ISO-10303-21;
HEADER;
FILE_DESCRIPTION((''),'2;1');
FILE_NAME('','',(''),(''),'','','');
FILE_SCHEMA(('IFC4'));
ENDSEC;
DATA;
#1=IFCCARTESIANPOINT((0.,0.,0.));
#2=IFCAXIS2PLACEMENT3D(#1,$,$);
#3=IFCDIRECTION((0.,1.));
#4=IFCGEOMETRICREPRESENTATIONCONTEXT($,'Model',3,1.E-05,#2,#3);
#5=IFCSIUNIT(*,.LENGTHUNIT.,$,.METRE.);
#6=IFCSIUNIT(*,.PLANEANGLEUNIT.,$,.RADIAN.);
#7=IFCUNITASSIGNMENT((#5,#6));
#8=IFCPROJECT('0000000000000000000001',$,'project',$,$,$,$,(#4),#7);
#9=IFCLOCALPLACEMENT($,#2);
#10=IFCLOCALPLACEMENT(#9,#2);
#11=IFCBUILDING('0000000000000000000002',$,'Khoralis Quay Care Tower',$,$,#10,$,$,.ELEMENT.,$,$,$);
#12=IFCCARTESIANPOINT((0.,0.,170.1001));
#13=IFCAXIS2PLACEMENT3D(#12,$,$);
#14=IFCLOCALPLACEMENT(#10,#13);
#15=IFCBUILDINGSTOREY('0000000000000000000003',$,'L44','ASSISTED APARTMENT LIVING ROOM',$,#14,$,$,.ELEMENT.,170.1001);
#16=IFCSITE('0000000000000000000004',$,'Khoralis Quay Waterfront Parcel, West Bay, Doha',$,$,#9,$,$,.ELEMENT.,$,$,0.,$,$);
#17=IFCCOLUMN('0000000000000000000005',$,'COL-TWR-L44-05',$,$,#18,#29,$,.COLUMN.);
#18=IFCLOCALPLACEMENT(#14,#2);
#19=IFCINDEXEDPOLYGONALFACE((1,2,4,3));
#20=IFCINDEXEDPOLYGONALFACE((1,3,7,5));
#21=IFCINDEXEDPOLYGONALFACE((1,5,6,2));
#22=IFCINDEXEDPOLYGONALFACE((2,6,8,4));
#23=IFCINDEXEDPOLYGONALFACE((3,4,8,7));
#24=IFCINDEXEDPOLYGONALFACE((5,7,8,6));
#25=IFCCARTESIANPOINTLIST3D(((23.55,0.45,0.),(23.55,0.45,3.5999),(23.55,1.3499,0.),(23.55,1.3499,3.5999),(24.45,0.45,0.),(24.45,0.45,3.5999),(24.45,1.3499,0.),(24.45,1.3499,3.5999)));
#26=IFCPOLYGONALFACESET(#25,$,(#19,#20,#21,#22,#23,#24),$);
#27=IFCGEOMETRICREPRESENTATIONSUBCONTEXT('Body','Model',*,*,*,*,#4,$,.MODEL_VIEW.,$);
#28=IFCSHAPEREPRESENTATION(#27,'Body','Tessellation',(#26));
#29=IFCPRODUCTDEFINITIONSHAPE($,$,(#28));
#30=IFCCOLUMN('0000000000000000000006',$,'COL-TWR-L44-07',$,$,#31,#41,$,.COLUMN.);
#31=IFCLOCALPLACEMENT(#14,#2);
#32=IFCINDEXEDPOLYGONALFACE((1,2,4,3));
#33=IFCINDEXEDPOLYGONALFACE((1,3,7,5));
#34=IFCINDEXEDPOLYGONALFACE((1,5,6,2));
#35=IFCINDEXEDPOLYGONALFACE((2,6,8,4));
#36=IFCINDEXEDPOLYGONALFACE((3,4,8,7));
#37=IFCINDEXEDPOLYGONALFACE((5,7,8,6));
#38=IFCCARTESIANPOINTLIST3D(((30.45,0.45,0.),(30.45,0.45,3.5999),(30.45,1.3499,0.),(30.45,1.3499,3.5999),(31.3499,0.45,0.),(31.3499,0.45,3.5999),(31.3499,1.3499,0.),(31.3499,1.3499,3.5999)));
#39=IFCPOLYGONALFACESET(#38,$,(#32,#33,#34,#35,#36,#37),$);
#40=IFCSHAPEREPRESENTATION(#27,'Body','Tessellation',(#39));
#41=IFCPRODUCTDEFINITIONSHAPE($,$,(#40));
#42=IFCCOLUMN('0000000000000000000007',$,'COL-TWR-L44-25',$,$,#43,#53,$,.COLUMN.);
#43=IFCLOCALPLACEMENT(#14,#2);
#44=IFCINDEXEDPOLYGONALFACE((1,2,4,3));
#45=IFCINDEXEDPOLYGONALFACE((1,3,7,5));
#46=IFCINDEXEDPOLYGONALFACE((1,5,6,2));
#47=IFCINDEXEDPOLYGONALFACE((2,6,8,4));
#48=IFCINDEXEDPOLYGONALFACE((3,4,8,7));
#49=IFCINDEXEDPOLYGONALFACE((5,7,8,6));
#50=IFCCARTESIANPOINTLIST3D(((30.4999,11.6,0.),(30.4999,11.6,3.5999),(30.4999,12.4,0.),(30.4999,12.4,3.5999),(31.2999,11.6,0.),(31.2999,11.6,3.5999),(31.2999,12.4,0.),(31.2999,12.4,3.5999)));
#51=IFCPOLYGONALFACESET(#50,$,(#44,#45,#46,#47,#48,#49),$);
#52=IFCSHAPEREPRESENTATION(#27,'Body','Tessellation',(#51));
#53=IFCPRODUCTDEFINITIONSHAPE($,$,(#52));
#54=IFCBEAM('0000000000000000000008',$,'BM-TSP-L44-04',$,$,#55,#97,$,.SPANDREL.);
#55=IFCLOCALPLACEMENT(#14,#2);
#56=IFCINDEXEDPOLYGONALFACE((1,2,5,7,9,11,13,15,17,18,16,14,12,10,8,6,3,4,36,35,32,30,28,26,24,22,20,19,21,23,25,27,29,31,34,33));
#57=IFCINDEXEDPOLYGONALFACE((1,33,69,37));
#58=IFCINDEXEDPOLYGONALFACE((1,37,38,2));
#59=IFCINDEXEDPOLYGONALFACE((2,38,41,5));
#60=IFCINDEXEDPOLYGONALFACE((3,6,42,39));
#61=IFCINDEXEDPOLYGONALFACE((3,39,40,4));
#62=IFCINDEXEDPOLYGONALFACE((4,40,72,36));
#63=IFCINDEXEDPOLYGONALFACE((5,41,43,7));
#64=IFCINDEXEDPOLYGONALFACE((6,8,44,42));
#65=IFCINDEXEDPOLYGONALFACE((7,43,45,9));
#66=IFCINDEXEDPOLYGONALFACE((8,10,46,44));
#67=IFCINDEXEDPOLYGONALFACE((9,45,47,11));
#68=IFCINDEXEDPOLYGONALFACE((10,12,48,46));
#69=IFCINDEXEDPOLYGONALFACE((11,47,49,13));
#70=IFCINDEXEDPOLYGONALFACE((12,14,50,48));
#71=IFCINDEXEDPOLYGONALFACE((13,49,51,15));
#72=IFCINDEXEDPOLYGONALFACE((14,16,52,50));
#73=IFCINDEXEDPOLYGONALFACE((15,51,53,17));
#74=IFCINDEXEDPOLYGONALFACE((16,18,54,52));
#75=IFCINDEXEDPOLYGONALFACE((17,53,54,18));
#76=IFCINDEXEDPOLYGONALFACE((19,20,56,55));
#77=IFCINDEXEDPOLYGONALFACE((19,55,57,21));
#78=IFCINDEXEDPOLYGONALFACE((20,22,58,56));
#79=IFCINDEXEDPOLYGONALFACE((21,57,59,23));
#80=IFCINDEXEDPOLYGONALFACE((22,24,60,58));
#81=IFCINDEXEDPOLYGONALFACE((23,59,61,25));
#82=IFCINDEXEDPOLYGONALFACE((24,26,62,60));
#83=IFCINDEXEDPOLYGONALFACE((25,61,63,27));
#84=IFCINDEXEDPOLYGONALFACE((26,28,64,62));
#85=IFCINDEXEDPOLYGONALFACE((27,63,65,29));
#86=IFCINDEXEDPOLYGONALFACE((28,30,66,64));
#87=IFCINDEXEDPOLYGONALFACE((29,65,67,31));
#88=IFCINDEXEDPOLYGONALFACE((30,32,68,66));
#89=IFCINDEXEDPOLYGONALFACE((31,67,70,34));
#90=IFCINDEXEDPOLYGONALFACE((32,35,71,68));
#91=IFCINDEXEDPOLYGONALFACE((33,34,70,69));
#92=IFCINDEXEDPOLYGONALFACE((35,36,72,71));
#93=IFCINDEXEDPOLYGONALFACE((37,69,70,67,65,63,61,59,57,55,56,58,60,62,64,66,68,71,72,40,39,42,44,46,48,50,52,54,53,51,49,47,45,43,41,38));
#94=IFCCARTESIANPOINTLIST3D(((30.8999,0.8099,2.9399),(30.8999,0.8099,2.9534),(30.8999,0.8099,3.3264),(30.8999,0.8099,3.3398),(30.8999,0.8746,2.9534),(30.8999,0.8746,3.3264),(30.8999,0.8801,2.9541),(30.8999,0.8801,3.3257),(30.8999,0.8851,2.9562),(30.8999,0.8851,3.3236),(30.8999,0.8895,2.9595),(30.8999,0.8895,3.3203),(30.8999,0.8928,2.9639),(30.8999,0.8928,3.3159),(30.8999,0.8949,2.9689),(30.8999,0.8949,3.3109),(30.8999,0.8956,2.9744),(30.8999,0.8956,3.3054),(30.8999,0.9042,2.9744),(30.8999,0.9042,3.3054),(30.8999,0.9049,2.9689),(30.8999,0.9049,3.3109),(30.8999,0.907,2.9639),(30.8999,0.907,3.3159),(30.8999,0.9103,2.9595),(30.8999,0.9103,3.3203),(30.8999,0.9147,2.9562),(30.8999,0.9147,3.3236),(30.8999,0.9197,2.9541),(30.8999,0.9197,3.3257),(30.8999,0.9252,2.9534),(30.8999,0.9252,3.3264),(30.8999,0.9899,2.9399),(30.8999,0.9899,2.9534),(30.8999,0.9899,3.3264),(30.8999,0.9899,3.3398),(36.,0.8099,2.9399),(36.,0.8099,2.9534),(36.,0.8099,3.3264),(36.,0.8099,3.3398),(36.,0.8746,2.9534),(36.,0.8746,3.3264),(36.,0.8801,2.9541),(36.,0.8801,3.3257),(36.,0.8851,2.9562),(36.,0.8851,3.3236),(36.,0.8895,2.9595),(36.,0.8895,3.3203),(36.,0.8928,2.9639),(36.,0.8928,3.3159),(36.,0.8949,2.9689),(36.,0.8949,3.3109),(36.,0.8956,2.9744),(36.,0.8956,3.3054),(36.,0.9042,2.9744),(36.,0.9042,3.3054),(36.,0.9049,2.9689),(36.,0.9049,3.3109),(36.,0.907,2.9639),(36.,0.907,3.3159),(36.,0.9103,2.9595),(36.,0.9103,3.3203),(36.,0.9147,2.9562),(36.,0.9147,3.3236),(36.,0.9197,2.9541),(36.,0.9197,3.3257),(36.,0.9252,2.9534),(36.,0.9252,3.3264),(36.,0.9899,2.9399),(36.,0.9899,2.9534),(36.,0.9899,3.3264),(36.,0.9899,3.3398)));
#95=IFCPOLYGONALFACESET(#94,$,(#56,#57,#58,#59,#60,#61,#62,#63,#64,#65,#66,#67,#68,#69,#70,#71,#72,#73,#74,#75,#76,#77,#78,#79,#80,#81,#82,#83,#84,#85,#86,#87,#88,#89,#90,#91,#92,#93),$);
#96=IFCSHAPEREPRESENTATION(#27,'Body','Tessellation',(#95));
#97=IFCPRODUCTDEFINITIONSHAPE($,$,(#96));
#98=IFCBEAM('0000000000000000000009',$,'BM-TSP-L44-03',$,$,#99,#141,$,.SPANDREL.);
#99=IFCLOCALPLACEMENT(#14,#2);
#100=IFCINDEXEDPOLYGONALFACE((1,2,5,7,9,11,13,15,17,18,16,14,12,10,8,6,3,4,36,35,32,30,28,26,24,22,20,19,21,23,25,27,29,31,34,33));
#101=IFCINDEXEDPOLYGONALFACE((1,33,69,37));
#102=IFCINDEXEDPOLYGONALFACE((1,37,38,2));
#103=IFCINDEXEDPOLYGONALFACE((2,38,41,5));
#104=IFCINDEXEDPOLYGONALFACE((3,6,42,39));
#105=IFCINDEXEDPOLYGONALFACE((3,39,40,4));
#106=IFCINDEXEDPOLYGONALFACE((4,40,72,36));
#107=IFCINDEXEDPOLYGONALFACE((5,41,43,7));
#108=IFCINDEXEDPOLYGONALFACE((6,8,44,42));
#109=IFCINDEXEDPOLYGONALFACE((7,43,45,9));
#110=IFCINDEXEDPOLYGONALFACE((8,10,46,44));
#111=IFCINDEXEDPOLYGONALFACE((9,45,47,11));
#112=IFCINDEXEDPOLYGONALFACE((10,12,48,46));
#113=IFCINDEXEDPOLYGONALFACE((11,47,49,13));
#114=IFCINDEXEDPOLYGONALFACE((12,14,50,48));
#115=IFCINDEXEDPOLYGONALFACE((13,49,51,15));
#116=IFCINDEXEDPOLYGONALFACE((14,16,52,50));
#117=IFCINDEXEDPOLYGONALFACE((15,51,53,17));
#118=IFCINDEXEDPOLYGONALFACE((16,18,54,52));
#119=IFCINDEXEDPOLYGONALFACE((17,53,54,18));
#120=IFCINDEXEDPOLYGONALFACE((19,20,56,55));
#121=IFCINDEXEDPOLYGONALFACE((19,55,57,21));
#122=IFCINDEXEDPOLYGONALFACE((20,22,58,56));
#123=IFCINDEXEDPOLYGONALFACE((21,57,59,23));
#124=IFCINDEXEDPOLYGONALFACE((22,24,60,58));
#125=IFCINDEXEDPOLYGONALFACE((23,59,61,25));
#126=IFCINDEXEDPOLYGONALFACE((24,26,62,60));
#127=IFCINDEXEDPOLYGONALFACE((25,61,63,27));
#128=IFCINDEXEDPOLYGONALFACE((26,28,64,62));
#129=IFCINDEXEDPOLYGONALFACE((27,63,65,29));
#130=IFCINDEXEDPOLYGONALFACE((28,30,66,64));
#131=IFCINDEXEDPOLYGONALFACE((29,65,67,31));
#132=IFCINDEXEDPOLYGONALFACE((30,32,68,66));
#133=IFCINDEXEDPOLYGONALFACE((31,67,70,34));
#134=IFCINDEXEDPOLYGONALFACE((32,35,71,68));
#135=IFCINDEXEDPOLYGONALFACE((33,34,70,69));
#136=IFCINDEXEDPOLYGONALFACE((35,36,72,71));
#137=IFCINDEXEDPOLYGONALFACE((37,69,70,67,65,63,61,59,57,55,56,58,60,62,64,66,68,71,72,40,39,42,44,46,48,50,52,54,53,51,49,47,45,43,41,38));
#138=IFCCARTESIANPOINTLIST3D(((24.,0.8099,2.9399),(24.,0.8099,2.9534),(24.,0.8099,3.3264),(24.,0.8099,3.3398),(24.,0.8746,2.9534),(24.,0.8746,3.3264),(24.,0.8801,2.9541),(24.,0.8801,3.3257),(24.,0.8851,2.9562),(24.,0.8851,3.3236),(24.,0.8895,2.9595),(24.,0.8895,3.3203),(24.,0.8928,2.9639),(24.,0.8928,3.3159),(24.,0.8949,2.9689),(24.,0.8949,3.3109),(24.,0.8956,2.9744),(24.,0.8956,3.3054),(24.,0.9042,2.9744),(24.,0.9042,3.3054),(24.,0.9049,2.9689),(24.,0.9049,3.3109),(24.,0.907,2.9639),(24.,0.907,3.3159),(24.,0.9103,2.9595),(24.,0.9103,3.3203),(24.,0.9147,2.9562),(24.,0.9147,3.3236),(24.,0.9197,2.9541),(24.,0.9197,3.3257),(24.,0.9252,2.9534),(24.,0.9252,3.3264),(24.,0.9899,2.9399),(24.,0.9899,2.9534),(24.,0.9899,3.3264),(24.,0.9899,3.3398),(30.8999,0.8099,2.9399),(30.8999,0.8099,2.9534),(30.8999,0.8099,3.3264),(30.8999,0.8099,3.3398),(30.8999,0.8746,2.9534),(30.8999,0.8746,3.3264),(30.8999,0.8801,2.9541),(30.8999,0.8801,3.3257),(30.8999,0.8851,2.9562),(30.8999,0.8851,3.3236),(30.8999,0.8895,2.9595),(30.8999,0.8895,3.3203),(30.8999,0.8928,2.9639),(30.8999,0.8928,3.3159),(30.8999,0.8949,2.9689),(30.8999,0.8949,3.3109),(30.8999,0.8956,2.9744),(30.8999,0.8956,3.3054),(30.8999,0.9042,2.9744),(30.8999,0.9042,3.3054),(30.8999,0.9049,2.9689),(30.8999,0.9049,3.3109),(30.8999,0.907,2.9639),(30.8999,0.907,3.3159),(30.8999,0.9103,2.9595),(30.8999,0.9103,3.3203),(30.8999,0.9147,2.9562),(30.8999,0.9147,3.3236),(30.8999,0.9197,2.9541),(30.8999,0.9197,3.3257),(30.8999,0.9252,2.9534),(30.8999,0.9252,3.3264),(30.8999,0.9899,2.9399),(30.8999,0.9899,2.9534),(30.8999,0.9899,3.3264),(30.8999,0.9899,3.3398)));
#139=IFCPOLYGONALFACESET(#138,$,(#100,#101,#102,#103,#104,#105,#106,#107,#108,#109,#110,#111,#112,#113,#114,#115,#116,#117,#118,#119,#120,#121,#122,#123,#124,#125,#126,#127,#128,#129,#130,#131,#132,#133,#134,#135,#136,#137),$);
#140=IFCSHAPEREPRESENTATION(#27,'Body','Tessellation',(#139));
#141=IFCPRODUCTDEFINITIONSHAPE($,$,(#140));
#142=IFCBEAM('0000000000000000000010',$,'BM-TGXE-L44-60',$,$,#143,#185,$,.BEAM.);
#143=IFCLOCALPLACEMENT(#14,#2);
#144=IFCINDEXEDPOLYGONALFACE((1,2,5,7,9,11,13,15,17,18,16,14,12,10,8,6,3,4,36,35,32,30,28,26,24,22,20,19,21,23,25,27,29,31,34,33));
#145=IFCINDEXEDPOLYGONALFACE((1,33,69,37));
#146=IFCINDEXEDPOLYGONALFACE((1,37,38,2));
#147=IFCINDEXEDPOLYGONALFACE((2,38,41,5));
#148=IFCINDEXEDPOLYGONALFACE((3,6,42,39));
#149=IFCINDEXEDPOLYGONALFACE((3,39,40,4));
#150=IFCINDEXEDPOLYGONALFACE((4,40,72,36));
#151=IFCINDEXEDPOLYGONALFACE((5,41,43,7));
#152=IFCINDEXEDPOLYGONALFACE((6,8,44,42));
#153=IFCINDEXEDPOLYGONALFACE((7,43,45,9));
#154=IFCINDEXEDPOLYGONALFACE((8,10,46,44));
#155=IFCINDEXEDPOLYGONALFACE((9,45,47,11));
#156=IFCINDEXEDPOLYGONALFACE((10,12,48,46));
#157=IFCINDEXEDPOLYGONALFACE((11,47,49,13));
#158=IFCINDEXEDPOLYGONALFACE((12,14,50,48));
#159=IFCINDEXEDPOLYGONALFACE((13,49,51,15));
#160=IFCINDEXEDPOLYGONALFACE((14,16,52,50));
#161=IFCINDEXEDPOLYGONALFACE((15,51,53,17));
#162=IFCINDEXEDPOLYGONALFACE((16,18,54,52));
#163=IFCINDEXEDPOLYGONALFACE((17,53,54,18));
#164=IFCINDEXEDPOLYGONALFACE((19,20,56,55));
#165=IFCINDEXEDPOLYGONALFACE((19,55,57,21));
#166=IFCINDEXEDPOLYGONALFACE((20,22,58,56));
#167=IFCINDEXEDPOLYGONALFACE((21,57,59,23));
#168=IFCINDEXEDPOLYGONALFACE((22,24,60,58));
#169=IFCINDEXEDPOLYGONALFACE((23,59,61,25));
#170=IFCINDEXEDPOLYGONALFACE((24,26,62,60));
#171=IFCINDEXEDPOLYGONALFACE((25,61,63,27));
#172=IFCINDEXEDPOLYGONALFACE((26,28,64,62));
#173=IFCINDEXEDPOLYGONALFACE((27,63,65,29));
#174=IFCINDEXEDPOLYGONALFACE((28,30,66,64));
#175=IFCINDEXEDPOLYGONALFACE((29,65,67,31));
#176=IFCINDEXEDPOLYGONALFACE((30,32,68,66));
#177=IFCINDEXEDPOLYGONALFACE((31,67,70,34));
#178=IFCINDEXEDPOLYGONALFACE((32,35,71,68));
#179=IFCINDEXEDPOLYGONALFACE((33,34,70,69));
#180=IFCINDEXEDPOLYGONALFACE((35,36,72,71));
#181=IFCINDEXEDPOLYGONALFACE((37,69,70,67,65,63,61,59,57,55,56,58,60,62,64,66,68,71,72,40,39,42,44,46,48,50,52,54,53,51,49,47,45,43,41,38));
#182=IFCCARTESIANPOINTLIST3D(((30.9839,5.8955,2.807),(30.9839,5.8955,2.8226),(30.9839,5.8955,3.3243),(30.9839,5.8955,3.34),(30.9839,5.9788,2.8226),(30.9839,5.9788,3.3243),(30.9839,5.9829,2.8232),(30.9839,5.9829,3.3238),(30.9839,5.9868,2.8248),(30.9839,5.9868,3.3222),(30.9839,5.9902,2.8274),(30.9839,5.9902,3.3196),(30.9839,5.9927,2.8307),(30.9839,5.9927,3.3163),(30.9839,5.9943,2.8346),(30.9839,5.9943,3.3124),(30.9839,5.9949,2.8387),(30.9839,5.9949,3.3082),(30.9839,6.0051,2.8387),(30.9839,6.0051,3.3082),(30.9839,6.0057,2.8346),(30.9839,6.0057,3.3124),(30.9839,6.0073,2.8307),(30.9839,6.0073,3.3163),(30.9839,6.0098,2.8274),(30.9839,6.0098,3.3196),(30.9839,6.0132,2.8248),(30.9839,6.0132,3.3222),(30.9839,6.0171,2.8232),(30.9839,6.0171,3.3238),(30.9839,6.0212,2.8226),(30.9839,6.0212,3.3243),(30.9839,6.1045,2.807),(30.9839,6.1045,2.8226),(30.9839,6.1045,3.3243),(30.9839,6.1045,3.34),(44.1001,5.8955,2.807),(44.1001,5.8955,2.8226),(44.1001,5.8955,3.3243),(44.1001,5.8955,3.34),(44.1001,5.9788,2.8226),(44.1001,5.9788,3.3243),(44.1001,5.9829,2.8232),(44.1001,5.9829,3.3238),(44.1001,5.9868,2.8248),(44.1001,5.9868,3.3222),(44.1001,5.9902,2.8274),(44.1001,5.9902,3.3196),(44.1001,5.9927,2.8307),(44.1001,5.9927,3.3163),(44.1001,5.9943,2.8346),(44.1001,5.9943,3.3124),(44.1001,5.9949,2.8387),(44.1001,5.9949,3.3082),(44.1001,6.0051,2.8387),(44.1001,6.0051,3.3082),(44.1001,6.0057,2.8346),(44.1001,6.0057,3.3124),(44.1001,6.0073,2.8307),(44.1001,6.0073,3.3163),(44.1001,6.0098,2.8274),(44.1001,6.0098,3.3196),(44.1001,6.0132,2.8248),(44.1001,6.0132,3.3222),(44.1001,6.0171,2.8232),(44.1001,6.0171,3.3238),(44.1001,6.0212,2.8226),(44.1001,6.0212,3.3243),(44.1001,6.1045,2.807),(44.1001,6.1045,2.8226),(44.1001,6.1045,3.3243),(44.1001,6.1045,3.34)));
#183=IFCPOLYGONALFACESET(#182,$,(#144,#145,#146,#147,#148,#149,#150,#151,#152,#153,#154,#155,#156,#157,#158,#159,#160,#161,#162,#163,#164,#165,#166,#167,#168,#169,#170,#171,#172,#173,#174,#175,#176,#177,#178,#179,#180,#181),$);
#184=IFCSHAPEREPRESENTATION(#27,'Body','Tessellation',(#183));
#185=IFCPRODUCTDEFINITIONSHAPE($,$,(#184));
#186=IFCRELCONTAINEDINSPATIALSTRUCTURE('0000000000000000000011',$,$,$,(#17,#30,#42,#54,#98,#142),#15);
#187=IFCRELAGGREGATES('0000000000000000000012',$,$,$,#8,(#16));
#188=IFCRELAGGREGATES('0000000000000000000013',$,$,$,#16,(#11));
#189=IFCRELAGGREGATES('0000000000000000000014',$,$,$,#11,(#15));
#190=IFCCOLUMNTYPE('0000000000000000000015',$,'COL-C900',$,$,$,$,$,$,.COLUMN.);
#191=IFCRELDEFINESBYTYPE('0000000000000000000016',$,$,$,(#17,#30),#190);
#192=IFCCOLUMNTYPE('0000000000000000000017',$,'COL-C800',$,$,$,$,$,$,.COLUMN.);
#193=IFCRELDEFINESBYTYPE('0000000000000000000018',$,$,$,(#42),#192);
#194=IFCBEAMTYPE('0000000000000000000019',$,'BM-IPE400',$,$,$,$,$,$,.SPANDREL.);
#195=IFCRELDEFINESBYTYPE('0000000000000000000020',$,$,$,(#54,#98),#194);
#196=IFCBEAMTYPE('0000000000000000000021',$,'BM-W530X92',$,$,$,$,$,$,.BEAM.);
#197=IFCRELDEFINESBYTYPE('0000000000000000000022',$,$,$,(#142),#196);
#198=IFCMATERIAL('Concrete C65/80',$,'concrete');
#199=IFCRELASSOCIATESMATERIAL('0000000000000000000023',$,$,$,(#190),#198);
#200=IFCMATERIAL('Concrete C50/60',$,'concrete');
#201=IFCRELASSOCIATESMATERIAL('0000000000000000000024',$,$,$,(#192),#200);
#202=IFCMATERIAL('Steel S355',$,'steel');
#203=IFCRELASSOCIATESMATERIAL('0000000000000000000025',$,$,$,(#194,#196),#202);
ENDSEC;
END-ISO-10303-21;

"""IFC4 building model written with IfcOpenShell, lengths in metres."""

from ifc_helpers import new_model, si_unit, direction, frame, origin, origin_2d, place, context, subcontext, project, spatial, rectangle, i_section, extrude, source, transform, mapped, material, material_profile, profile_set, type_object, element, save


model = new_model("IFC4")

# Units and contexts
model_context = context("Model", 3, precision=1e-05, world=origin(), true_north=direction((0.0, 1.0)))
body_context = subcontext(model_context, "Body", "Model", "MODEL_VIEW")
ifc_project = project(units=[si_unit("LENGTHUNIT", "METRE"), si_unit("PLANEANGLEUNIT", "RADIAN")], contexts=[model_context])

# Site, building, storey
site_placement = place(None, origin())
site = spatial("IfcSite", under=ifc_project, at=site_placement, Name="Khoralis Quay Waterfront Parcel, West Bay, Doha", CompositionType="ELEMENT", RefElevation=0.0)
building_placement = place(site_placement, origin())
building = spatial("IfcBuilding", under=site, at=building_placement, Name="Khoralis Quay Care Tower", CompositionType="ELEMENT")
storey_placement = place(building_placement, frame((0.0, 0.0, 170.1001)))
storey = spatial("IfcBuildingStorey", under=building, at=storey_placement, Name="L44", Description="ASSISTED APARTMENT LIVING ROOM", CompositionType="ELEMENT", Elevation=170.1001)

# Columns
ifc_material_1 = material(Name="Concrete C65/80", Category="concrete")
ifc_material_profile_1 = material_profile(ifc_material_1, rectangle(XDim=0.8999, YDim=0.8999, at=origin_2d()), Name="Concrete C65/80")
ifc_profile_set_1 = profile_set([ifc_material_profile_1], Name="Concrete C65/80")
column_type_1 = type_object("IfcColumnType", Name="COL-C900", PredefinedType="COLUMN", material=ifc_profile_set_1)
shared_shape_1 = source(origin(), body_context, "Body", "SweptSolid", [
    extrude(rectangle(XDim=0.8999, YDim=0.8999, at=origin_2d()), origin(), (0.0, 0.0, 1.0), 3.5999),
])
for number, where, z_axis, x_axis, name in (
    (1, (24.0, 0.8999, 0.0), (0.0, 0.0, 1.0), (1.0, 0.0, 0.0), "COL-TWR-L44-05"),
    (2, (30.8999, 0.8999, 0.0), (0.0, 0.0, 1.0), (1.0, 0.0, 0.0), "COL-TWR-L44-07"),
):
    element("IfcColumn", number, at=place(storey_placement, frame(where, z_axis=z_axis, x_axis=x_axis)), inside=storey, type_object=column_type_1, Name=name, PredefinedType="COLUMN", context=body_context, shape_type="MappedRepresentation", body=[
        mapped(shared_shape_1, transform((0.0, 0.0, 0.0), scale=1.0)),
    ])
ifc_material_2 = material(Name="Concrete C50/60", Category="concrete")
ifc_material_profile_2 = material_profile(ifc_material_2, rectangle(XDim=0.8, YDim=0.8, at=origin_2d()), Name="Concrete C50/60")
ifc_profile_set_2 = profile_set([ifc_material_profile_2], Name="Concrete C50/60")
column_type_2 = type_object("IfcColumnType", Name="COL-C800", PredefinedType="COLUMN", material=ifc_profile_set_2)
shared_shape_2 = source(origin(), body_context, "Body", "SweptSolid", [
    extrude(rectangle(XDim=0.8, YDim=0.8, at=origin_2d()), origin(), (0.0, 0.0, 1.0), 3.5999),
])
column_placement = place(storey_placement, frame((30.8999, 12.0, 0.0), z_axis=(0.0, 0.0, 1.0), x_axis=(1.0, 0.0, 0.0)))
element("IfcColumn", 3, at=column_placement, inside=storey, type_object=column_type_2, Name="COL-TWR-L44-25", PredefinedType="COLUMN", context=body_context, shape_type="MappedRepresentation", body=[
    mapped(shared_shape_2, transform((0.0, 0.0, 0.0), scale=1.0)),
])

# Beams
ifc_material_3 = material(Name="Steel S355", Category="steel")
ifc_material_profile_3 = material_profile(ifc_material_3, i_section(OverallWidth=0.1799, OverallDepth=0.3999, WebThickness=0.0085, FlangeThickness=0.0134, FilletRadius=0.021, at=origin_2d()), Name="Steel S355")
ifc_profile_set_3 = profile_set([ifc_material_profile_3], Name="Steel S355")
beam_type_1 = type_object("IfcBeamType", Name="BM-IPE400", PredefinedType="SPANDREL", material=ifc_profile_set_3)
shared_shape_3 = source(origin(), body_context, "Body", "SweptSolid", [
    extrude(i_section(OverallWidth=0.1799, OverallDepth=0.3999, WebThickness=0.0085, FlangeThickness=0.0134, FilletRadius=0.021, at=origin_2d()), origin(), (0.0, 0.0, 1.0), 5.1001),
])
beam_1_placement = place(storey_placement, frame((30.8999, 0.8999, 3.1399), z_axis=(1.0, 0.0, 0.0), x_axis=(0.0, 1.0, 0.0)))
element("IfcBeam", 4, at=beam_1_placement, inside=storey, type_object=beam_type_1, Name="BM-TSP-L44-04", PredefinedType="SPANDREL", context=body_context, shape_type="MappedRepresentation", body=[
    mapped(shared_shape_3, transform((0.0, 0.0, 0.0), scale=1.0)),
])
shared_shape_4 = source(origin(), body_context, "Body", "SweptSolid", [
    extrude(i_section(OverallWidth=0.1799, OverallDepth=0.3999, WebThickness=0.0085, FlangeThickness=0.0134, FilletRadius=0.021, at=origin_2d()), origin(), (0.0, 0.0, 1.0), 6.8999),
])
beam_2_placement = place(storey_placement, frame((24.0, 0.8999, 3.1399), z_axis=(1.0, 0.0, 0.0), x_axis=(0.0, 1.0, 0.0)))
element("IfcBeam", 5, at=beam_2_placement, inside=storey, type_object=beam_type_1, Name="BM-TSP-L44-03", PredefinedType="SPANDREL", context=body_context, shape_type="MappedRepresentation", body=[
    mapped(shared_shape_4, transform((0.0, 0.0, 0.0), scale=1.0)),
])
ifc_material_profile_4 = material_profile(ifc_material_3, i_section(OverallWidth=0.209, OverallDepth=0.533, WebThickness=0.0103, FlangeThickness=0.0156, FilletRadius=0.0161, at=origin_2d()), Name="Steel S355")
ifc_profile_set_4 = profile_set([ifc_material_profile_4], Name="Steel S355")
beam_type_2 = type_object("IfcBeamType", Name="BM-W530X92", PredefinedType="BEAM", material=ifc_profile_set_4)
shared_shape_5 = source(origin(), body_context, "Body", "SweptSolid", [
    extrude(i_section(OverallWidth=0.209, OverallDepth=0.533, WebThickness=0.0103, FlangeThickness=0.0156, FilletRadius=0.0161, at=origin_2d()), origin(), (0.0, 0.0, 1.0), 13.1162),
])
beam_3_placement = place(storey_placement, frame((30.9839, 6.0, 3.0735), z_axis=(1.0, 0.0, 0.0), x_axis=(0.0, 1.0, 0.0)))
element("IfcBeam", 6, at=beam_3_placement, inside=storey, type_object=beam_type_2, Name="BM-TGXE-L44-60", PredefinedType="BEAM", context=body_context, shape_type="MappedRepresentation", body=[
    mapped(shared_shape_5, transform((0.0, 0.0, 0.0), scale=1.0)),
])

save(model, "model.ifc")
